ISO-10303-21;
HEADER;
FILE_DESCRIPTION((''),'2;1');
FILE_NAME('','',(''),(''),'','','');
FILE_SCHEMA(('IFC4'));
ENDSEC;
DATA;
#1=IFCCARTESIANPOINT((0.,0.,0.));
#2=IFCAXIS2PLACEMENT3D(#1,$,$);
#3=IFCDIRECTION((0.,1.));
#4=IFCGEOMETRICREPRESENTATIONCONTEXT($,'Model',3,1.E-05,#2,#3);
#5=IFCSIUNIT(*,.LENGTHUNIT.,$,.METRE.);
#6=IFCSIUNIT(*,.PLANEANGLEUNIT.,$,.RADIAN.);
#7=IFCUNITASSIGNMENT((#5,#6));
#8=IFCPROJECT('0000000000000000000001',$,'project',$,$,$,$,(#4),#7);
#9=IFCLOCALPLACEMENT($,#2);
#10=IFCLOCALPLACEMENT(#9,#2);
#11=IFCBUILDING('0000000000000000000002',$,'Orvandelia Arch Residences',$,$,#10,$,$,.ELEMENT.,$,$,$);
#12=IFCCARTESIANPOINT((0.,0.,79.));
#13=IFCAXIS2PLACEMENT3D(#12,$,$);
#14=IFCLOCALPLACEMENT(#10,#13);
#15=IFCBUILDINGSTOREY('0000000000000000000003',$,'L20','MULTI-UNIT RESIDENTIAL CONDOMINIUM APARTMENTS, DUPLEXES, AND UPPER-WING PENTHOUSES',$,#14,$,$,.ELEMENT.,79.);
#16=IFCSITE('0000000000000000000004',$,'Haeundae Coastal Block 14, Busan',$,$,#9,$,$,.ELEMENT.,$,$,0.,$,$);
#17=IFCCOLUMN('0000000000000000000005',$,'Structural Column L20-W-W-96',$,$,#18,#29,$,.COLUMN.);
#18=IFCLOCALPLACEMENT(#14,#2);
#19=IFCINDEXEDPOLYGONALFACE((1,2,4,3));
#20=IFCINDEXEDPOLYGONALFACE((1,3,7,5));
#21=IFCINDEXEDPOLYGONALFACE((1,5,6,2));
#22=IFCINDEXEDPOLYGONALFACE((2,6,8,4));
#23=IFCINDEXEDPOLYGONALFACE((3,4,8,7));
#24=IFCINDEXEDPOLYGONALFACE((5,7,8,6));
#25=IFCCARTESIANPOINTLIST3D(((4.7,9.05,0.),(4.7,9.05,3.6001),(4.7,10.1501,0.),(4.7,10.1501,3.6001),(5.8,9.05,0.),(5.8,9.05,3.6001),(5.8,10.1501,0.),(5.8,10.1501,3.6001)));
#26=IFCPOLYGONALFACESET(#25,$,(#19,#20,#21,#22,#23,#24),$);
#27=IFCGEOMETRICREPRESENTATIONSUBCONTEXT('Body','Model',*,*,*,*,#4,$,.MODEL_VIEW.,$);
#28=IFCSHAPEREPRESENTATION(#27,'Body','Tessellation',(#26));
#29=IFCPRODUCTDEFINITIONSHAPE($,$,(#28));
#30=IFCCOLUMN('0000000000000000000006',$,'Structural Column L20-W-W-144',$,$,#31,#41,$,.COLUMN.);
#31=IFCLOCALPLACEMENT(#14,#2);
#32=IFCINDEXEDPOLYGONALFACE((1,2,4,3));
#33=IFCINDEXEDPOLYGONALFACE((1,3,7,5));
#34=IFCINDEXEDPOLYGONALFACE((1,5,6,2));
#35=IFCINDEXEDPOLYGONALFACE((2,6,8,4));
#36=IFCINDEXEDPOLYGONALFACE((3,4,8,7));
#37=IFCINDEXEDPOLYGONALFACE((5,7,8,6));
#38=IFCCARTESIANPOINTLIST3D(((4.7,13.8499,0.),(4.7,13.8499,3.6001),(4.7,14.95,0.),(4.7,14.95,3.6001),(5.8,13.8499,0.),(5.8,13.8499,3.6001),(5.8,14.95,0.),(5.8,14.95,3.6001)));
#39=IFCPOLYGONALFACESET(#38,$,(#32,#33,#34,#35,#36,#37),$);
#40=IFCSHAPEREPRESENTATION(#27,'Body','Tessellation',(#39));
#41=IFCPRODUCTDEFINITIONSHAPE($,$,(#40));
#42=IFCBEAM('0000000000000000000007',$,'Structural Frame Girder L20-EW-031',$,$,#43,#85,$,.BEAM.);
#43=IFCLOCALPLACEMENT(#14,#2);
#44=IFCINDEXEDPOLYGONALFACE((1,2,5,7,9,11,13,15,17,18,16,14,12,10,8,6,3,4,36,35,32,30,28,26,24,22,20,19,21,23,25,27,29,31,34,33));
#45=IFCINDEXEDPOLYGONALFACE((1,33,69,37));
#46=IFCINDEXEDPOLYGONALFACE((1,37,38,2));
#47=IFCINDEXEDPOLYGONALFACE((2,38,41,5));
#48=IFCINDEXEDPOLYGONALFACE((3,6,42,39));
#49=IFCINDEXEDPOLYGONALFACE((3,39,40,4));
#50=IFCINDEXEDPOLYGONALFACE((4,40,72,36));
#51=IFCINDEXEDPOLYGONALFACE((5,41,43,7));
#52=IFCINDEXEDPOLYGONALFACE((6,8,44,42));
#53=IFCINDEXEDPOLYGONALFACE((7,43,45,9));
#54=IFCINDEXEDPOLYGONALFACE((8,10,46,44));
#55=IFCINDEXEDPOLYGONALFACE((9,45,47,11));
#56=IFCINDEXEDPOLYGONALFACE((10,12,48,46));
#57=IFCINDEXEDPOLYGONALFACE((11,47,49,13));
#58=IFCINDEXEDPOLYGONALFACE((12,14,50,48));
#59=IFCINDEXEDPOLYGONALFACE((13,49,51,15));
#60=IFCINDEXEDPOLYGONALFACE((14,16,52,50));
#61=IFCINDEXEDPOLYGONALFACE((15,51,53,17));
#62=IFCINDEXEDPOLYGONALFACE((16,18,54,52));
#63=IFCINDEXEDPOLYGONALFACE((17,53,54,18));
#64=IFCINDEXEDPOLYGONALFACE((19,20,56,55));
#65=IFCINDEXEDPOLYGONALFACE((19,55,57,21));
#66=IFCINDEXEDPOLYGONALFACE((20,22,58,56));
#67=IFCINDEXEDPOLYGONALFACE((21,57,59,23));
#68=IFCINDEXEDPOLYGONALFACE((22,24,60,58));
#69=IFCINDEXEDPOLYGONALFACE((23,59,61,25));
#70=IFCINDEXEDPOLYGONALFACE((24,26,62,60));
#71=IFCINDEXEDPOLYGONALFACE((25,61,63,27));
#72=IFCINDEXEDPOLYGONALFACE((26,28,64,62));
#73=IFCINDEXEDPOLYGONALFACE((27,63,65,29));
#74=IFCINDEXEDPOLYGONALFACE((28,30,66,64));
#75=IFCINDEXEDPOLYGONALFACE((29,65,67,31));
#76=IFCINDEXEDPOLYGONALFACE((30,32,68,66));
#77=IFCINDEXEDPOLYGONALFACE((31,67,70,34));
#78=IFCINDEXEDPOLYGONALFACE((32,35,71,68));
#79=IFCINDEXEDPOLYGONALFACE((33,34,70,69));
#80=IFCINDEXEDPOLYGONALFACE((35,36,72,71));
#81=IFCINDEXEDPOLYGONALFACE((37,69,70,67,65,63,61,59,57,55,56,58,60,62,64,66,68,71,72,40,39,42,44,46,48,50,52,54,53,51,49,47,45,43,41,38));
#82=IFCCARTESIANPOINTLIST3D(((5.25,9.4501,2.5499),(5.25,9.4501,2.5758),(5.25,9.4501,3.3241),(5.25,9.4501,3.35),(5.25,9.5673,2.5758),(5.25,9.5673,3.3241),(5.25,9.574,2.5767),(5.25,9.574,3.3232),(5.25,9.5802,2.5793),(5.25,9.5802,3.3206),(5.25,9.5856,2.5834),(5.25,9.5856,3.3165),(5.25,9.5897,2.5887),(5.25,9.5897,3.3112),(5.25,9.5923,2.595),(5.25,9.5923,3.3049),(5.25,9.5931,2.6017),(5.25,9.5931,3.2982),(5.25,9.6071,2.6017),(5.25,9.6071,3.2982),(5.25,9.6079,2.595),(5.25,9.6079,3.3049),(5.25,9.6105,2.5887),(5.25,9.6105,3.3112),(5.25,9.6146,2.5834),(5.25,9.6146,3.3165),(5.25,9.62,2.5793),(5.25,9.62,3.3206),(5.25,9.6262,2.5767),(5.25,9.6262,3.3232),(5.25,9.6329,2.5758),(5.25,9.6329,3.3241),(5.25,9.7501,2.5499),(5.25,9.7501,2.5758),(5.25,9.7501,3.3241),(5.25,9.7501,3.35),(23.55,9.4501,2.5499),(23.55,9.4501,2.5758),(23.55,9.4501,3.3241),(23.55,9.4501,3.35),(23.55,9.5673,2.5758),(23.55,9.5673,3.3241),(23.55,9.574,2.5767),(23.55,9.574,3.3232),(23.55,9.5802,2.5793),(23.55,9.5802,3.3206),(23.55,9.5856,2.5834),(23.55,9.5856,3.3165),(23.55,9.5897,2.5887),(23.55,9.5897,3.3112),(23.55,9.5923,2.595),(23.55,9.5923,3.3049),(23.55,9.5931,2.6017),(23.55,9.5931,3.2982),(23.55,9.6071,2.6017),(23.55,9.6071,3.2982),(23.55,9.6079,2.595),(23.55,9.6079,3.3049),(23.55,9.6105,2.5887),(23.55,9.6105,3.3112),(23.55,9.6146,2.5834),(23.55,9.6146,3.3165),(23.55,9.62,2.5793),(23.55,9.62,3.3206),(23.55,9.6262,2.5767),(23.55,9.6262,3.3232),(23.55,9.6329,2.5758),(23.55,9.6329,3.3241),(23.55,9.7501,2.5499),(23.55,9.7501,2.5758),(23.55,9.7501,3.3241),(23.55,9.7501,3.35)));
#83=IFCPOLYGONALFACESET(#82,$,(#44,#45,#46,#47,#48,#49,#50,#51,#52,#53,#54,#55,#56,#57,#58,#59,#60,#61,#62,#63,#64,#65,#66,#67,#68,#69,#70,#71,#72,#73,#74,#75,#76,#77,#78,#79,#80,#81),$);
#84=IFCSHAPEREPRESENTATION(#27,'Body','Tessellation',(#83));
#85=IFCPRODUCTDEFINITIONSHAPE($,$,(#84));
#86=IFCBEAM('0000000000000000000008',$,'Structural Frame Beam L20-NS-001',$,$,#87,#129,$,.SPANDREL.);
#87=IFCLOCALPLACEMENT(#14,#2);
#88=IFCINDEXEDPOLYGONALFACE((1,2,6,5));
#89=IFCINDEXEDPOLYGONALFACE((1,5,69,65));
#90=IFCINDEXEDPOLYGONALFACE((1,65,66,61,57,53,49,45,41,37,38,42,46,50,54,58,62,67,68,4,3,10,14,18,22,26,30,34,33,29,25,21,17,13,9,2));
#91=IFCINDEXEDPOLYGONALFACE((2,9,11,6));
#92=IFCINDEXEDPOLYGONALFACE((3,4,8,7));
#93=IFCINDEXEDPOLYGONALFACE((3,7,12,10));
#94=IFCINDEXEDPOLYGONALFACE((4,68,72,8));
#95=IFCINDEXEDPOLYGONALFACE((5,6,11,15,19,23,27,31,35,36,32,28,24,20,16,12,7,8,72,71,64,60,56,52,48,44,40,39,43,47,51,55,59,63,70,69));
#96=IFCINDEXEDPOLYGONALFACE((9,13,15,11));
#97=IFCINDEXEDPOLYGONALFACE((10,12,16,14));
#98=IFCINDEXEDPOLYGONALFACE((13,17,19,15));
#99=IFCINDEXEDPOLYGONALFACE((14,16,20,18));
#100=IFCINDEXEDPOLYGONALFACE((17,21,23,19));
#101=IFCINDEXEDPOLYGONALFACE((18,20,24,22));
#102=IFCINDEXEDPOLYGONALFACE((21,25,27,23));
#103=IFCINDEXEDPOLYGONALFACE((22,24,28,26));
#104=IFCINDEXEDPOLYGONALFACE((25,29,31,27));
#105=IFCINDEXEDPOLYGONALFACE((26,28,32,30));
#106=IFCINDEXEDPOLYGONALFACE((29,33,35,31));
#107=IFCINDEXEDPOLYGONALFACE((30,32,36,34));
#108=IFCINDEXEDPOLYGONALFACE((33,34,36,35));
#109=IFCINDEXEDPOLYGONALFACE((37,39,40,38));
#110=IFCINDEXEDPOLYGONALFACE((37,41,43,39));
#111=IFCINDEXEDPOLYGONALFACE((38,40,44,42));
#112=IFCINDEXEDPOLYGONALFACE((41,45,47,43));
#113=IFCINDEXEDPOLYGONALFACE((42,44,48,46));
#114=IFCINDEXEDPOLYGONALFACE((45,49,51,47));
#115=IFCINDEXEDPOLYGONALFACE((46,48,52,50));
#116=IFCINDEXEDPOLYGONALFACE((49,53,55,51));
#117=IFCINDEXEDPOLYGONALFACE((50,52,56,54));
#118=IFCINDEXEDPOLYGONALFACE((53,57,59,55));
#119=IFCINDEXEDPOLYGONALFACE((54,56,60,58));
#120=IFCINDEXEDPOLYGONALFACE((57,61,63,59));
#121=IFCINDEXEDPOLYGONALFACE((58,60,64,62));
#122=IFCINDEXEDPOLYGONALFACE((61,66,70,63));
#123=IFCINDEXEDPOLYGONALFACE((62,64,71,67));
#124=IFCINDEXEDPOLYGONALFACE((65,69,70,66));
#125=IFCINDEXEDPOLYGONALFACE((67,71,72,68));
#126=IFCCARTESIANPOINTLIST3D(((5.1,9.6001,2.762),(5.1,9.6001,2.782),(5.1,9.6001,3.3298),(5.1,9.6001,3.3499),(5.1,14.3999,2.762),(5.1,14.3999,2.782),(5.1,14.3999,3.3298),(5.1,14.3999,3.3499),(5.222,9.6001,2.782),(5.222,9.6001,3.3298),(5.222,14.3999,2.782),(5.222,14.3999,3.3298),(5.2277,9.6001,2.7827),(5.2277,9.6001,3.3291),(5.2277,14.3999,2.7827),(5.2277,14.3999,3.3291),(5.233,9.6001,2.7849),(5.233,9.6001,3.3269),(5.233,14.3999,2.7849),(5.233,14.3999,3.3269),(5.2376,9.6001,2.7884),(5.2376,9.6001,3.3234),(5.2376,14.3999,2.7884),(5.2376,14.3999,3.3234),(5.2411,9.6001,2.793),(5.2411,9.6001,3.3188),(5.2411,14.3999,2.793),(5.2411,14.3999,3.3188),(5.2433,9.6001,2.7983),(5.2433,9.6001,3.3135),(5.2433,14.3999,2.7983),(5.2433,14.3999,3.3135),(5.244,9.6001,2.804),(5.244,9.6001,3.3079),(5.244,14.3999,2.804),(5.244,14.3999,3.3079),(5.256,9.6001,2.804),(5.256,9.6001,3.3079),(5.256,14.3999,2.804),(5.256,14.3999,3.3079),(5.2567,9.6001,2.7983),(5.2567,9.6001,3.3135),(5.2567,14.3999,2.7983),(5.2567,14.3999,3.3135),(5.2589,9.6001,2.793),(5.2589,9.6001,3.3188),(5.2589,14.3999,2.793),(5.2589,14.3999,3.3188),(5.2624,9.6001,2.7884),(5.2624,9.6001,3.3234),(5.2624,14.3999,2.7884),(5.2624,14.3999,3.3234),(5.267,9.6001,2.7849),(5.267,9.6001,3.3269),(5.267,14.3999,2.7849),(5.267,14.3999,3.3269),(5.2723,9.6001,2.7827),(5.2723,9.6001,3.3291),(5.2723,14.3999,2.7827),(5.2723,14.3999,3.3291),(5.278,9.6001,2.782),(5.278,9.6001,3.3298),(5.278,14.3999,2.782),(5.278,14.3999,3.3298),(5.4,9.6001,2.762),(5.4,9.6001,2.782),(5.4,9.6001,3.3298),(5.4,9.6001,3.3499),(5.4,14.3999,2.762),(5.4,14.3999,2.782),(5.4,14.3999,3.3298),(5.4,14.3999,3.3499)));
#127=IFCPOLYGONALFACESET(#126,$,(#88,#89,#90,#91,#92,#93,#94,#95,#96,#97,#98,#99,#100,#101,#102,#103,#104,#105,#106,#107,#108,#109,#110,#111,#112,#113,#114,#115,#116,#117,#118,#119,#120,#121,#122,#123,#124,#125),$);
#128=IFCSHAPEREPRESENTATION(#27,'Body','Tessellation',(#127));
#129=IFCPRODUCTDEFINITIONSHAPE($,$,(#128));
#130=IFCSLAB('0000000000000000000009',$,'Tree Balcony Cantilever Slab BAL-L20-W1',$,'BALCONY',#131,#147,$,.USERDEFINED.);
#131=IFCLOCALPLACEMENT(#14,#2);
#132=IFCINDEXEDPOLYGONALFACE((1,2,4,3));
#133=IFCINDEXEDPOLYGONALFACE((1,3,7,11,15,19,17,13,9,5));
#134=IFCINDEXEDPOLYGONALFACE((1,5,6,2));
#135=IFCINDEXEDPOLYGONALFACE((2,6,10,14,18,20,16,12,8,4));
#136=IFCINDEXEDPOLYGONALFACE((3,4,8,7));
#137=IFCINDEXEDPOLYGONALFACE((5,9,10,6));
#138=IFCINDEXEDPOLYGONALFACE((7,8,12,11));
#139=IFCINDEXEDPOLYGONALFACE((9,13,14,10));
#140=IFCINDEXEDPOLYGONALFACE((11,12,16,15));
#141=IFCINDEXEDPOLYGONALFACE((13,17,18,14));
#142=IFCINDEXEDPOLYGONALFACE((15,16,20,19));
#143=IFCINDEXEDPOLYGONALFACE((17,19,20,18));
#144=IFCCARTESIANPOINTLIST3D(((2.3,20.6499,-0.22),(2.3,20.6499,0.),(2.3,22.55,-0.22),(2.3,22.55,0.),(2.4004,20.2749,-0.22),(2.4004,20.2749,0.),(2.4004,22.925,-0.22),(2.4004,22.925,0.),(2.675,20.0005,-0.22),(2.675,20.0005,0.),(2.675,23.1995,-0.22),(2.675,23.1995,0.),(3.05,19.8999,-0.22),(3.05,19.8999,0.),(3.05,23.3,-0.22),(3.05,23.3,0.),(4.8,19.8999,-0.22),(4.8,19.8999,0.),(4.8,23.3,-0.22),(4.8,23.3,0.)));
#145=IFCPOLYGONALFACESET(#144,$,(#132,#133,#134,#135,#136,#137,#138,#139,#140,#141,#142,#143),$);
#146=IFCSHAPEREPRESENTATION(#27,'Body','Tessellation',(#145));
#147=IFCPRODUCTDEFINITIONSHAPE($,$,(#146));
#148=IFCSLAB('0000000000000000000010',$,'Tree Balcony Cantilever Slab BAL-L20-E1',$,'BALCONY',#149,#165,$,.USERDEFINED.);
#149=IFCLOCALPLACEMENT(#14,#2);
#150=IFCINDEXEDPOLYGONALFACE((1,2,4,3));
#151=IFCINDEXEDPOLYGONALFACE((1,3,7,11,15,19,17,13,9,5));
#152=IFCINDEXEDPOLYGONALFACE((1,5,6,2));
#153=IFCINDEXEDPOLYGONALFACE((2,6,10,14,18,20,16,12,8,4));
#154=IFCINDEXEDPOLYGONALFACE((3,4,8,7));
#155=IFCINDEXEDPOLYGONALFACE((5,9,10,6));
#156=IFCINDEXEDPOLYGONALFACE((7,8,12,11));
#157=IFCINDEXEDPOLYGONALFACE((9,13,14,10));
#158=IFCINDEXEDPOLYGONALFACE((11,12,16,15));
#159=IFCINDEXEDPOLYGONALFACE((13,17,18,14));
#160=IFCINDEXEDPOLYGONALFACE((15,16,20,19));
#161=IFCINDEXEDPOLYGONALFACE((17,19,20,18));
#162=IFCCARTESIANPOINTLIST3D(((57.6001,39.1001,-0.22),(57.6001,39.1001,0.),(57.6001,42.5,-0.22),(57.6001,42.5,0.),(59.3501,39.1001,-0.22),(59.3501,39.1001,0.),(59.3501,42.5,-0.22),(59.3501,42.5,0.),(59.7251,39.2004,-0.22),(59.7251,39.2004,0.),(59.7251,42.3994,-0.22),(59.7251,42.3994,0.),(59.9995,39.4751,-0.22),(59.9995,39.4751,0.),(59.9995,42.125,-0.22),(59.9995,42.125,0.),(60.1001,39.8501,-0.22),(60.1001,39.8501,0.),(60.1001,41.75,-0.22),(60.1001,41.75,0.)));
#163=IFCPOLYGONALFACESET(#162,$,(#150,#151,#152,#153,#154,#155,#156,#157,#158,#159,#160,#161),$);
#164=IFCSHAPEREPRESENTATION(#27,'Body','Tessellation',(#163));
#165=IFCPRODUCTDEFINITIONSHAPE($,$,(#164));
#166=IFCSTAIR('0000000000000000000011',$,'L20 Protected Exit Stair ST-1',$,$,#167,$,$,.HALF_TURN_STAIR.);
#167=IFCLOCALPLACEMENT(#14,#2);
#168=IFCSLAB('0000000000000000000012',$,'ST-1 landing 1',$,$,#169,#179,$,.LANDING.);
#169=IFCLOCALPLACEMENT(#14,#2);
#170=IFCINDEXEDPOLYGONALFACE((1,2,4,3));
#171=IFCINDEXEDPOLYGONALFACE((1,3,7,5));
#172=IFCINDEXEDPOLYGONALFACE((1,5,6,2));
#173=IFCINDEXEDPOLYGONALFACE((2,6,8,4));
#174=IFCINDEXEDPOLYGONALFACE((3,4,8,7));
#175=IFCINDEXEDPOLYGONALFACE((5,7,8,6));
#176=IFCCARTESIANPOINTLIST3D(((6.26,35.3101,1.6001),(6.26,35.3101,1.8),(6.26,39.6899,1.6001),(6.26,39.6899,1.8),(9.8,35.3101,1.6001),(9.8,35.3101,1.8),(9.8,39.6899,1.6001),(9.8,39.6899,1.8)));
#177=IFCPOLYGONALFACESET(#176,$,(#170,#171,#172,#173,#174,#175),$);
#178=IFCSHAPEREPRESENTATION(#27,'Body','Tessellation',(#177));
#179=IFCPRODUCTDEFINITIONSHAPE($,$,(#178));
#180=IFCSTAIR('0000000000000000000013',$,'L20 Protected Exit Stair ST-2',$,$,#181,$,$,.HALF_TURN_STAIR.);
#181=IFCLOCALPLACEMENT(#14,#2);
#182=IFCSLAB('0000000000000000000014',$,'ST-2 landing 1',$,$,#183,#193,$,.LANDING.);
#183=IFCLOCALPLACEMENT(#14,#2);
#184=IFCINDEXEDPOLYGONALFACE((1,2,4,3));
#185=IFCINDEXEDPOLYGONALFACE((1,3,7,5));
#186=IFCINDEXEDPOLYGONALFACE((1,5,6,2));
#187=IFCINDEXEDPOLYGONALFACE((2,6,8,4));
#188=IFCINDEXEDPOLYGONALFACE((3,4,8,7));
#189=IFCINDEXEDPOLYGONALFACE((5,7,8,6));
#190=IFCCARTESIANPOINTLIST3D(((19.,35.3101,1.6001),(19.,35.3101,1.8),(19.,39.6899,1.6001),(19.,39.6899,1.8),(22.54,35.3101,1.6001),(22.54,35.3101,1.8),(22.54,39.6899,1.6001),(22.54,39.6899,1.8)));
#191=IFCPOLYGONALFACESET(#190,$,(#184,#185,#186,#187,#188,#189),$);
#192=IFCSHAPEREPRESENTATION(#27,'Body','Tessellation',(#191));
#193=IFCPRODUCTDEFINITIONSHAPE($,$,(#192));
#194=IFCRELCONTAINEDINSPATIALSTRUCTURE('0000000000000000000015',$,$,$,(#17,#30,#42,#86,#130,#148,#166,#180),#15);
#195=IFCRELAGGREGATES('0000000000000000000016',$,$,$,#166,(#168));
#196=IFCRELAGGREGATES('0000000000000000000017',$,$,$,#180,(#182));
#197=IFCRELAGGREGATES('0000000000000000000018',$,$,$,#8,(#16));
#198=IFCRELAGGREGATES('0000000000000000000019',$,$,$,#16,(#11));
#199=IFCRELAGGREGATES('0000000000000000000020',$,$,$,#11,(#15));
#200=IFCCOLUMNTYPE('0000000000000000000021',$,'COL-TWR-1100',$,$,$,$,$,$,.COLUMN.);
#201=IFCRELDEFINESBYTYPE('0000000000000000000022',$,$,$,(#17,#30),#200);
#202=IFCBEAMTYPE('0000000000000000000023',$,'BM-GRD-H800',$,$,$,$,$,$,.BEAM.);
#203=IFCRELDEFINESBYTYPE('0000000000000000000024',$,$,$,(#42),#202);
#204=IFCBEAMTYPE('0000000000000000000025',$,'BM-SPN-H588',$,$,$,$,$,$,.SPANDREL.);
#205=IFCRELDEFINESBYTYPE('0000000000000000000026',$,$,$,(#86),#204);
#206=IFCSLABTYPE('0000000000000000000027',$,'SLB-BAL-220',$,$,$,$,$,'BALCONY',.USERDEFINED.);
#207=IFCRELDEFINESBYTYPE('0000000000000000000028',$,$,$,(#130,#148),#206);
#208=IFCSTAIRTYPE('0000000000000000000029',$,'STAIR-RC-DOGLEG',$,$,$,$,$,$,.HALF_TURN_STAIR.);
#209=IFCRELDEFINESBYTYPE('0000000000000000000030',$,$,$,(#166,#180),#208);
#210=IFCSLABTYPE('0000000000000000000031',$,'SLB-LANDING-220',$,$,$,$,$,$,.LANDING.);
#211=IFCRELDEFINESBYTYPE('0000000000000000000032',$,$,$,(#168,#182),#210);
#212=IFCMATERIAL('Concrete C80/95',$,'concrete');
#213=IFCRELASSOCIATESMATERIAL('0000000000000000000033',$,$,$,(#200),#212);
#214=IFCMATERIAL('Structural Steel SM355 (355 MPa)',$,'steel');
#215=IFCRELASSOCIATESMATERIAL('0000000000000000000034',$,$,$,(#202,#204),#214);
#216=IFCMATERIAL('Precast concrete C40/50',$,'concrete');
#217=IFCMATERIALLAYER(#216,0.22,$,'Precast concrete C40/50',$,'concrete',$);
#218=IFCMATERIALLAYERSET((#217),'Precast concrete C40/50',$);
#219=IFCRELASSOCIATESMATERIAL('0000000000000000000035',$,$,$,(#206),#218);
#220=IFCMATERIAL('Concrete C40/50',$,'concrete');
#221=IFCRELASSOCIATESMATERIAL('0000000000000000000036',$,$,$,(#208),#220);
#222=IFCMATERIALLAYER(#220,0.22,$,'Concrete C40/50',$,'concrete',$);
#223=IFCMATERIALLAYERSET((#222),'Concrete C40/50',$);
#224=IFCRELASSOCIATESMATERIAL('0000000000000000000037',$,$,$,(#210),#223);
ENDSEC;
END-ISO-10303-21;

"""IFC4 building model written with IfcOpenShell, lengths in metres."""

from ifc_helpers import new_model, si_unit, direction, frame, origin, origin_2d, place, context, subcontext, project, spatial, polyline, rectangle, i_section, outline, extrude, material, layer, layer_set, material_profile, profile_set, type_object, element, aggregate, save


model = new_model("IFC4")

# Units and contexts
model_context = context("Model", 3, precision=1e-05, world=origin(), true_north=direction((0.0, 1.0)))
body_context = subcontext(model_context, "Body", "Model", "MODEL_VIEW")
ifc_project = project(units=[si_unit("LENGTHUNIT", "METRE"), si_unit("PLANEANGLEUNIT", "RADIAN")], contexts=[model_context])

# Site, building, storey
site_placement = place(None, origin())
site = spatial("IfcSite", under=ifc_project, at=site_placement, Name="Haeundae Coastal Block 14, Busan", CompositionType="ELEMENT", RefElevation=0.0)
building_placement = place(site_placement, origin())
building = spatial("IfcBuilding", under=site, at=building_placement, Name="Orvandelia Arch Residences", CompositionType="ELEMENT")
storey_placement = place(building_placement, frame((0.0, 0.0, 79.0)))
storey = spatial("IfcBuildingStorey", under=building, at=storey_placement, Name="L20", Description="MULTI-UNIT RESIDENTIAL CONDOMINIUM APARTMENTS, DUPLEXES, AND UPPER-WING PENTHOUSES", CompositionType="ELEMENT", Elevation=79.0)

# Columns
ifc_material_1 = material(Name="Concrete C80/95", Category="concrete")
ifc_material_profile_1 = material_profile(ifc_material_1, rectangle(XDim=1.1001, YDim=1.1001, at=origin_2d()), Name="Concrete C80/95", Category="concrete")
ifc_profile_set_1 = profile_set([ifc_material_profile_1], Name="Concrete C80/95")
column_type = type_object("IfcColumnType", Name="COL-TWR-1100", PredefinedType="COLUMN", material=ifc_profile_set_1)
for number, where, z_axis, x_axis, name in (
    (1, (5.25, 9.6001, 0.0), (0.0, 0.0, 1.0), (1.0, 0.0, 0.0), "Structural Column L20-W-W-96"),
    (2, (5.25, 14.3999, 0.0), (0.0, 0.0, 1.0), (1.0, 0.0, 0.0), "Structural Column L20-W-W-144"),
):
    element("IfcColumn", number, at=place(storey_placement, frame(where, z_axis=z_axis, x_axis=x_axis)), inside=storey, type_object=column_type, Name=name, PredefinedType="COLUMN", context=body_context, shape_type="SweptSolid", body=[
        extrude(rectangle(XDim=1.1001, YDim=1.1001, at=origin_2d()), origin(), (0.0, 0.0, 1.0), 3.6001),
    ])

# Beams
ifc_material_2 = material(Name="Structural Steel SM355 (355 MPa)", Category="steel")
ifc_material_profile_2 = material_profile(ifc_material_2, i_section(OverallWidth=0.3, OverallDepth=0.8, WebThickness=0.0139, FlangeThickness=0.0259, FilletRadius=0.0259, at=origin_2d()), Name="Structural Steel SM355 (355 MPa)", Category="steel")
ifc_profile_set_2 = profile_set([ifc_material_profile_2], Name="Structural Steel SM355 (355 MPa)")
beam_type_1 = type_object("IfcBeamType", Name="BM-GRD-H800", PredefinedType="BEAM", material=ifc_profile_set_2)
beam_1_placement = place(storey_placement, frame((5.25, 9.6001, 2.95), z_axis=(1.0, 0.0, 0.0), x_axis=(0.0, 1.0, 0.0)))
element("IfcBeam", 3, at=beam_1_placement, inside=storey, type_object=beam_type_1, Name="Structural Frame Girder L20-EW-031", PredefinedType="BEAM", context=body_context, shape_type="SweptSolid", body=[
    extrude(i_section(OverallWidth=0.3, OverallDepth=0.8, WebThickness=0.0139, FlangeThickness=0.0259, FilletRadius=0.0259, at=origin_2d()), origin(), (0.0, 0.0, 1.0), 18.3),
])
ifc_material_profile_3 = material_profile(ifc_material_2, i_section(OverallWidth=0.3, OverallDepth=0.5879, WebThickness=0.012, FlangeThickness=0.02, FilletRadius=0.022, at=origin_2d()), Name="Structural Steel SM355 (355 MPa)", Category="steel")
ifc_profile_set_3 = profile_set([ifc_material_profile_3], Name="Structural Steel SM355 (355 MPa)")
beam_type_2 = type_object("IfcBeamType", Name="BM-SPN-H588", PredefinedType="SPANDREL", material=ifc_profile_set_3)
beam_2_placement = place(storey_placement, frame((5.25, 9.6001, 3.0559), z_axis=(0.0, 1.0, 0.0), x_axis=(-1.0, 0.0, 0.0)))
element("IfcBeam", 4, at=beam_2_placement, inside=storey, type_object=beam_type_2, Name="Structural Frame Beam L20-NS-001", PredefinedType="SPANDREL", context=body_context, shape_type="SweptSolid", body=[
    extrude(i_section(OverallWidth=0.3, OverallDepth=0.5879, WebThickness=0.012, FlangeThickness=0.02, FilletRadius=0.022, at=origin_2d()), origin(), (0.0, 0.0, 1.0), 4.7998),
])

# Slabs
ifc_material_3 = material(Name="Precast concrete C40/50", Category="concrete")
ifc_layer_1 = layer(ifc_material_3, 0.22, Name="Precast concrete C40/50", Category="concrete")
ifc_layer_set_1 = layer_set([ifc_layer_1], Name="Precast concrete C40/50")
slab_type_1 = type_object("IfcSlabType", Name="SLB-BAL-220", ElementType="BALCONY", PredefinedType="USERDEFINED", material=ifc_layer_set_1)
slab_1_placement = place(storey_placement, frame((0.0, 0.0, -0.22)))
element("IfcSlab", 5, at=slab_1_placement, inside=storey, type_object=slab_type_1, Name="Tree Balcony Cantilever Slab BAL-L20-W1", ObjectType="BALCONY", PredefinedType="USERDEFINED", context=body_context, shape_type="SweptSolid", body=[
    extrude(outline(polyline([(4.8, 19.8999), (4.8, 23.3), (3.05, 23.3), (2.675, 23.1995), (2.4004, 22.925), (2.3, 22.55), (2.3, 20.6499), (2.4004, 20.2749), (2.675, 20.0005), (3.05, 19.8999), (4.8, 19.8999)])), origin(), (0.0, 0.0, 1.0), 0.22),
])
slab_2_placement = place(storey_placement, frame((0.0, 0.0, -0.22)))
element("IfcSlab", 6, at=slab_2_placement, inside=storey, type_object=slab_type_1, Name="Tree Balcony Cantilever Slab BAL-L20-E1", ObjectType="BALCONY", PredefinedType="USERDEFINED", context=body_context, shape_type="SweptSolid", body=[
    extrude(outline(polyline([(57.6001, 42.5), (57.6001, 39.1001), (59.3501, 39.1001), (59.7251, 39.2004), (59.9995, 39.4751), (60.1001, 39.8501), (60.1001, 41.75), (59.9995, 42.125), (59.7251, 42.3994), (59.3501, 42.5), (57.6001, 42.5)])), origin(), (0.0, 0.0, 1.0), 0.22),
])

# Stairs, slabs
ifc_material_4 = material(Name="Concrete C40/50", Category="concrete")
stair_type = type_object("IfcStairType", Name="STAIR-RC-DOGLEG", PredefinedType="HALF_TURN_STAIR", material=ifc_material_4)
stair_1_placement = place(storey_placement, origin())
stair_1 = element("IfcStair", 7, at=stair_1_placement, inside=storey, type_object=stair_type, Name="L20 Protected Exit Stair ST-1", PredefinedType="HALF_TURN_STAIR")
ifc_layer_2 = layer(ifc_material_4, 0.22, Name="Concrete C40/50", Category="concrete")
ifc_layer_set_2 = layer_set([ifc_layer_2], Name="Concrete C40/50")
slab_type_2 = type_object("IfcSlabType", Name="SLB-LANDING-220", PredefinedType="LANDING", material=ifc_layer_set_2)
slab_3_placement = place(storey_placement, frame((0.0, 0.0, 1.6001)))
slab_3 = element("IfcSlab", 8, at=slab_3_placement, type_object=slab_type_2, Name="ST-1 landing 1", PredefinedType="LANDING", context=body_context, shape_type="SweptSolid", body=[
    extrude(outline(polyline([(9.8, 35.3101), (9.8, 39.6899), (6.26, 39.6899), (6.26, 35.3101), (9.8, 35.3101)])), origin(), (0.0, 0.0, 1.0), 0.2),
])
aggregate(stair_1, [slab_3])
stair_2_placement = place(storey_placement, origin())
stair_2 = element("IfcStair", 9, at=stair_2_placement, inside=storey, type_object=stair_type, Name="L20 Protected Exit Stair ST-2", PredefinedType="HALF_TURN_STAIR")
slab_4_placement = place(storey_placement, frame((0.0, 0.0, 1.6001)))
slab_4 = element("IfcSlab", 10, at=slab_4_placement, type_object=slab_type_2, Name="ST-2 landing 1", PredefinedType="LANDING", context=body_context, shape_type="SweptSolid", body=[
    extrude(outline(polyline([(22.54, 35.3101), (22.54, 39.6899), (19.0, 39.6899), (19.0, 35.3101), (22.54, 35.3101)])), origin(), (0.0, 0.0, 1.0), 0.2),
])
aggregate(stair_2, [slab_4])

save(model, "model.ifc")
